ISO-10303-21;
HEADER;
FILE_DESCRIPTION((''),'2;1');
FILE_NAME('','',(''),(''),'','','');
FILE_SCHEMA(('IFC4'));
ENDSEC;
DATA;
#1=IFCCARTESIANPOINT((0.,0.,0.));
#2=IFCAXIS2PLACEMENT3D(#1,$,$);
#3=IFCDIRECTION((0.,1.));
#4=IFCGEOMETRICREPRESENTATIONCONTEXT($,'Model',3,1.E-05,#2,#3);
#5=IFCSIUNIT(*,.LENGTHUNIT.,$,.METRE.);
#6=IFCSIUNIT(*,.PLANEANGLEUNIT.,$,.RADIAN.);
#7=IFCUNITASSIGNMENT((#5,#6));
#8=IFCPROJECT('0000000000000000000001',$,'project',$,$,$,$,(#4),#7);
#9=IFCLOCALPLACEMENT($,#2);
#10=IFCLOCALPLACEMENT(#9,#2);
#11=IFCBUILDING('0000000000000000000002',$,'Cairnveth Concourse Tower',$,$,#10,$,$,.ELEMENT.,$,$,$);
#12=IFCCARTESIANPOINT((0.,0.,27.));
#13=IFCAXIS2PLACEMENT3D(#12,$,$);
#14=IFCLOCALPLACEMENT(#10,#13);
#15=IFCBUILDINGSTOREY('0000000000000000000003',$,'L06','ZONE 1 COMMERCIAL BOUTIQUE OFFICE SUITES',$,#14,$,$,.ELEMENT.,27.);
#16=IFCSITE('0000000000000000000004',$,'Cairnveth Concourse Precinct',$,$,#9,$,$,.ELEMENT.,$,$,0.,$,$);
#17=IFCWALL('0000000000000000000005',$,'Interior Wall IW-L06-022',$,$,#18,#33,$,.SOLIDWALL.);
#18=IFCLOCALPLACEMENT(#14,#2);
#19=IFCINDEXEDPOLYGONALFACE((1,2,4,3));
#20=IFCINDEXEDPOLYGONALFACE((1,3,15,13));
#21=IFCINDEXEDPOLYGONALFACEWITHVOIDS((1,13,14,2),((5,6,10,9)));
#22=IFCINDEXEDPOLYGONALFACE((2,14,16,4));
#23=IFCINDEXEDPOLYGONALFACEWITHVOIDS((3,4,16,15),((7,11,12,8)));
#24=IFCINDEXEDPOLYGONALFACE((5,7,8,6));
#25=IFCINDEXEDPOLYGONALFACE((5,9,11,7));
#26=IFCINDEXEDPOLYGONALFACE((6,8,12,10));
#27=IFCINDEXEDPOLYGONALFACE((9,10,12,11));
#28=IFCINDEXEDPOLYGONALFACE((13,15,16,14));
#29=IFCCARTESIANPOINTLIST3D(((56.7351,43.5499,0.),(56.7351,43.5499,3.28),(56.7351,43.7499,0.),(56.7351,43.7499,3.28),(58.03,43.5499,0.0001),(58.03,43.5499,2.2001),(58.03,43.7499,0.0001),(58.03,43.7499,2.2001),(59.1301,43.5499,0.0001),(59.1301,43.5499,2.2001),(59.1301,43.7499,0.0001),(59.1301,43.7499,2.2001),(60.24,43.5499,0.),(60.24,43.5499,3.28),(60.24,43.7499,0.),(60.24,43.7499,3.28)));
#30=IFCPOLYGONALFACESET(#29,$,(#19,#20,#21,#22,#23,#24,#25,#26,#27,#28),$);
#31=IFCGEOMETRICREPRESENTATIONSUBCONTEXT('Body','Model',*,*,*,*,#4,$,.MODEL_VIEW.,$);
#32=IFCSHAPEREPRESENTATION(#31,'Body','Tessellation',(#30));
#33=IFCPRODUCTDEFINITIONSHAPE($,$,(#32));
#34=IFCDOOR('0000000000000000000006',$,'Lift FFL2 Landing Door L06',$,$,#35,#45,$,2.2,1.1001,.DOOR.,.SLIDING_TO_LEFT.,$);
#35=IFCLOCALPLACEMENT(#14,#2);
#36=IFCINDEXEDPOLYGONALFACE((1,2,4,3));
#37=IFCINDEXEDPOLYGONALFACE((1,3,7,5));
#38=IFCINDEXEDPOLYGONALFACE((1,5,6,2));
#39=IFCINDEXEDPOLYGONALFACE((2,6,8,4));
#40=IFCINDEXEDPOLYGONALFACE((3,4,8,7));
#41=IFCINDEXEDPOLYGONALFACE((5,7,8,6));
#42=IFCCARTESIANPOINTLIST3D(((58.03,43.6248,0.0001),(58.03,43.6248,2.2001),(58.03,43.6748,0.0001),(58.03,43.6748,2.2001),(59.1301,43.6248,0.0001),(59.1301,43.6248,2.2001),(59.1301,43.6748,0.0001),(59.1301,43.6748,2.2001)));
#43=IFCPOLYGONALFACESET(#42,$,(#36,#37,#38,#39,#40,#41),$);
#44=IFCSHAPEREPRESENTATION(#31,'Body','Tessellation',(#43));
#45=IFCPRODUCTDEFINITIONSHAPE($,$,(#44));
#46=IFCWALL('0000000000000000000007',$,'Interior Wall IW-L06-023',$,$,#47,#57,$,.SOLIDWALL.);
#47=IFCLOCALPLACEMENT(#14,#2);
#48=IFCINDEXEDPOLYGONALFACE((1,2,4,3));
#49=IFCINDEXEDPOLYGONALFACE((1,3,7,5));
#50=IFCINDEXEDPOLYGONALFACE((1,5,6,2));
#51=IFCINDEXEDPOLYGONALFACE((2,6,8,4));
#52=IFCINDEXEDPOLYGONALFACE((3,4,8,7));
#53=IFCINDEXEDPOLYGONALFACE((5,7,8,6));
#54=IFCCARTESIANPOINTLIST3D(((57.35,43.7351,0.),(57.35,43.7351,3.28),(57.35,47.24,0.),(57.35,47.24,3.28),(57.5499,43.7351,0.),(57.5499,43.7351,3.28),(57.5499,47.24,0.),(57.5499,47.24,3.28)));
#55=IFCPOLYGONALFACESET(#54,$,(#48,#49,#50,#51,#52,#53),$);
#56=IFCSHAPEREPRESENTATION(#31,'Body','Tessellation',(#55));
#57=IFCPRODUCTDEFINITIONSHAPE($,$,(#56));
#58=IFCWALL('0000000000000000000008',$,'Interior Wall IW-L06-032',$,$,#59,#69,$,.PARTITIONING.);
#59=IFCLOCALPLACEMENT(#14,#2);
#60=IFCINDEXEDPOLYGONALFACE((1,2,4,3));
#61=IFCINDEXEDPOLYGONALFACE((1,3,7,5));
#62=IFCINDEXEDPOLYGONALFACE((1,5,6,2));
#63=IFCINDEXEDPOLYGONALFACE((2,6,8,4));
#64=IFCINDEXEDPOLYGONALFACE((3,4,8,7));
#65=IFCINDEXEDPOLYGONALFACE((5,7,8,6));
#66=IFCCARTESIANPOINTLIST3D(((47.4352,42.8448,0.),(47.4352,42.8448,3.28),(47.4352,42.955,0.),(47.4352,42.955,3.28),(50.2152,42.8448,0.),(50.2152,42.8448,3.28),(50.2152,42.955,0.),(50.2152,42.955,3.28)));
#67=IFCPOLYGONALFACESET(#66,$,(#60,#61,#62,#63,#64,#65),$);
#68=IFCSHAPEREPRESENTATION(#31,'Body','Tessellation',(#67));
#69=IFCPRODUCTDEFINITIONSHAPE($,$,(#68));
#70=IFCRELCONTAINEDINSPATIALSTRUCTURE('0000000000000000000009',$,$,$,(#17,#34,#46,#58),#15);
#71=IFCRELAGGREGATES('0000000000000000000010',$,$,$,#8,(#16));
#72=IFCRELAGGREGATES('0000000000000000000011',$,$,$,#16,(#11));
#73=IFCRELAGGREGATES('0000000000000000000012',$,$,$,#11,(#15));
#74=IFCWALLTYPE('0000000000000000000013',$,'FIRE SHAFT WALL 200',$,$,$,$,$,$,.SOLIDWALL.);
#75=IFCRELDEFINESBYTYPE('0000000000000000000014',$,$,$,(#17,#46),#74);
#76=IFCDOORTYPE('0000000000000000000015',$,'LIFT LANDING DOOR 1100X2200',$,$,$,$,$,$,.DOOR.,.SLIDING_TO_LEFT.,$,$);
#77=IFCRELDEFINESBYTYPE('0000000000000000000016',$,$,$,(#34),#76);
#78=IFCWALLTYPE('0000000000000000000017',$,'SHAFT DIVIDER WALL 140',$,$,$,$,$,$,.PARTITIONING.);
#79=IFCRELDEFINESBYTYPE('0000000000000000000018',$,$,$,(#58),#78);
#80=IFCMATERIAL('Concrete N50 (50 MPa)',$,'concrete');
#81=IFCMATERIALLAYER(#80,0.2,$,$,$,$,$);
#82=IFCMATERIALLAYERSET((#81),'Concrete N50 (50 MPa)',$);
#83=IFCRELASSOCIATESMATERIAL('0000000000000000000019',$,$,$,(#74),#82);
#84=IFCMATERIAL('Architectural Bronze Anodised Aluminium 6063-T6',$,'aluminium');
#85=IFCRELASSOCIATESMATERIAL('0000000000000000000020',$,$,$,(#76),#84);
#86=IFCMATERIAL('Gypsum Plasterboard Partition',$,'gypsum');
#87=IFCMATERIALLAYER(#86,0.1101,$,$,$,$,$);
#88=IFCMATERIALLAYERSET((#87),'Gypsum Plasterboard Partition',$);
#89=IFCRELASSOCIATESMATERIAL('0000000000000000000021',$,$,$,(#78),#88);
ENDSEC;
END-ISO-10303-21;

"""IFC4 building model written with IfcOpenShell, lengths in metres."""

from ifc_helpers import new_model, si_unit, direction, frame, frame_2d, origin, place, context, subcontext, project, spatial, rectangle, extrude, material, layer, layer_set, type_object, element, fill, save


model = new_model("IFC4")

# Units and contexts
model_context = context("Model", 3, precision=1e-05, world=origin(), true_north=direction((0.0, 1.0)))
body_context = subcontext(model_context, "Body", "Model", "MODEL_VIEW")
ifc_project = project(units=[si_unit("LENGTHUNIT", "METRE"), si_unit("PLANEANGLEUNIT", "RADIAN")], contexts=[model_context])

# Site, building, storey
site_placement = place(None, origin())
site = spatial("IfcSite", under=ifc_project, at=site_placement, Name="Cairnveth Concourse Precinct", CompositionType="ELEMENT", RefElevation=0.0)
building_placement = place(site_placement, origin())
building = spatial("IfcBuilding", under=site, at=building_placement, Name="Cairnveth Concourse Tower", CompositionType="ELEMENT")
storey_placement = place(building_placement, frame((0.0, 0.0, 27.0)))
storey = spatial("IfcBuildingStorey", under=building, at=storey_placement, Name="L06", Description="ZONE 1 COMMERCIAL BOUTIQUE OFFICE SUITES", CompositionType="ELEMENT", Elevation=27.0)

# Shared definitions
ifc_material_1 = material(Name="Concrete N50 (50 MPa)", Category="concrete")
ifc_layer_1 = layer(ifc_material_1, 0.2)
ifc_layer_set_1 = layer_set([ifc_layer_1], Name="Concrete N50 (50 MPa)")
wall_type_1 = type_object("IfcWallType", Name="FIRE SHAFT WALL 200", PredefinedType="SOLIDWALL", material=ifc_layer_set_1)

# Wall, opening, door
wall_1_placement = place(storey_placement, frame((56.7351, 43.6499, 0.0), z_axis=(0.0, 0.0, 1.0), x_axis=(1.0, 0.0, 0.0)))
wall_1 = element("IfcWall", 1, at=wall_1_placement, inside=storey, type_object=wall_type_1, Name="Interior Wall IW-L06-022", PredefinedType="SOLIDWALL", context=body_context, shape_type="SweptSolid", body=[
    extrude(rectangle(XDim=3.5049, YDim=0.2, at=frame_2d((1.7524, 0.0))), origin(), (0.0, 0.0, 1.0), 3.28),
])
opening_1_placement = place(wall_1_placement, frame((1.2949, 0.0, 0.0)))
opening_1 = element("IfcOpeningElement", 2, at=opening_1_placement, cuts=wall_1, PredefinedType="OPENING", context=body_context, shape_type="SweptSolid", body=[
    extrude(rectangle(XDim=1.1001, YDim=2.2, at=frame_2d((0.55, 1.1001))), frame((0.0, 0.1099, 0.0), z_axis=(0.0, -1.0, 0.0), x_axis=(1.0, 0.0, 0.0)), (0.0, 0.0, 1.0), 0.22),
])
ifc_material_2 = material(Name="Architectural Bronze Anodised Aluminium 6063-T6", Category="aluminium")
door_type_1 = type_object("IfcDoorType", Name="LIFT LANDING DOOR 1100X2200", OperationType="SLIDING_TO_LEFT", PredefinedType="DOOR", material=ifc_material_2)
door_1_placement = place(opening_1_placement, origin())
door_1 = element("IfcDoor", 3, at=door_1_placement, inside=storey, type_object=door_type_1, Name="Lift FFL2 Landing Door L06", OperationType="SLIDING_TO_LEFT", OverallHeight=2.2, OverallWidth=1.1001, PredefinedType="DOOR", context=body_context, shape_type="SweptSolid", body=[
    extrude(rectangle(XDim=1.1001, YDim=2.2, at=frame_2d((0.55, 1.1001))), frame((0.0, 0.0249, 0.0), z_axis=(0.0, -1.0, 0.0), x_axis=(1.0, 0.0, 0.0)), (0.0, 0.0, 1.0), 0.05),
])
fill(opening_1, door_1)

# Walls
wall_2_placement = place(storey_placement, frame((57.45, 43.7351, 0.0), z_axis=(0.0, 0.0, 1.0), x_axis=(0.0, 1.0, 0.0)))
element("IfcWall", 4, at=wall_2_placement, inside=storey, type_object=wall_type_1, Name="Interior Wall IW-L06-023", PredefinedType="SOLIDWALL", context=body_context, shape_type="SweptSolid", body=[
    extrude(rectangle(XDim=3.5049, YDim=0.2, at=frame_2d((1.7524, 0.0))), origin(), (0.0, 0.0, 1.0), 3.28),
])
ifc_material_3 = material(Name="Gypsum Plasterboard Partition", Category="gypsum")
ifc_layer_2 = layer(ifc_material_3, 0.1101)
ifc_layer_set_2 = layer_set([ifc_layer_2], Name="Gypsum Plasterboard Partition")
wall_type_2 = type_object("IfcWallType", Name="SHAFT DIVIDER WALL 140", PredefinedType="PARTITIONING", material=ifc_layer_set_2)
wall_3_placement = place(storey_placement, frame((47.4351, 42.8999, 0.0), z_axis=(0.0, 0.0, 1.0), x_axis=(1.0, 0.0, 0.0)))
element("IfcWall", 5, at=wall_3_placement, inside=storey, type_object=wall_type_2, Name="Interior Wall IW-L06-032", PredefinedType="PARTITIONING", context=body_context, shape_type="SweptSolid", body=[
    extrude(rectangle(XDim=2.78, YDim=0.1101, at=frame_2d((1.3901, 0.0))), origin(), (0.0, 0.0, 1.0), 3.28),
])

save(model, "model.ifc")
